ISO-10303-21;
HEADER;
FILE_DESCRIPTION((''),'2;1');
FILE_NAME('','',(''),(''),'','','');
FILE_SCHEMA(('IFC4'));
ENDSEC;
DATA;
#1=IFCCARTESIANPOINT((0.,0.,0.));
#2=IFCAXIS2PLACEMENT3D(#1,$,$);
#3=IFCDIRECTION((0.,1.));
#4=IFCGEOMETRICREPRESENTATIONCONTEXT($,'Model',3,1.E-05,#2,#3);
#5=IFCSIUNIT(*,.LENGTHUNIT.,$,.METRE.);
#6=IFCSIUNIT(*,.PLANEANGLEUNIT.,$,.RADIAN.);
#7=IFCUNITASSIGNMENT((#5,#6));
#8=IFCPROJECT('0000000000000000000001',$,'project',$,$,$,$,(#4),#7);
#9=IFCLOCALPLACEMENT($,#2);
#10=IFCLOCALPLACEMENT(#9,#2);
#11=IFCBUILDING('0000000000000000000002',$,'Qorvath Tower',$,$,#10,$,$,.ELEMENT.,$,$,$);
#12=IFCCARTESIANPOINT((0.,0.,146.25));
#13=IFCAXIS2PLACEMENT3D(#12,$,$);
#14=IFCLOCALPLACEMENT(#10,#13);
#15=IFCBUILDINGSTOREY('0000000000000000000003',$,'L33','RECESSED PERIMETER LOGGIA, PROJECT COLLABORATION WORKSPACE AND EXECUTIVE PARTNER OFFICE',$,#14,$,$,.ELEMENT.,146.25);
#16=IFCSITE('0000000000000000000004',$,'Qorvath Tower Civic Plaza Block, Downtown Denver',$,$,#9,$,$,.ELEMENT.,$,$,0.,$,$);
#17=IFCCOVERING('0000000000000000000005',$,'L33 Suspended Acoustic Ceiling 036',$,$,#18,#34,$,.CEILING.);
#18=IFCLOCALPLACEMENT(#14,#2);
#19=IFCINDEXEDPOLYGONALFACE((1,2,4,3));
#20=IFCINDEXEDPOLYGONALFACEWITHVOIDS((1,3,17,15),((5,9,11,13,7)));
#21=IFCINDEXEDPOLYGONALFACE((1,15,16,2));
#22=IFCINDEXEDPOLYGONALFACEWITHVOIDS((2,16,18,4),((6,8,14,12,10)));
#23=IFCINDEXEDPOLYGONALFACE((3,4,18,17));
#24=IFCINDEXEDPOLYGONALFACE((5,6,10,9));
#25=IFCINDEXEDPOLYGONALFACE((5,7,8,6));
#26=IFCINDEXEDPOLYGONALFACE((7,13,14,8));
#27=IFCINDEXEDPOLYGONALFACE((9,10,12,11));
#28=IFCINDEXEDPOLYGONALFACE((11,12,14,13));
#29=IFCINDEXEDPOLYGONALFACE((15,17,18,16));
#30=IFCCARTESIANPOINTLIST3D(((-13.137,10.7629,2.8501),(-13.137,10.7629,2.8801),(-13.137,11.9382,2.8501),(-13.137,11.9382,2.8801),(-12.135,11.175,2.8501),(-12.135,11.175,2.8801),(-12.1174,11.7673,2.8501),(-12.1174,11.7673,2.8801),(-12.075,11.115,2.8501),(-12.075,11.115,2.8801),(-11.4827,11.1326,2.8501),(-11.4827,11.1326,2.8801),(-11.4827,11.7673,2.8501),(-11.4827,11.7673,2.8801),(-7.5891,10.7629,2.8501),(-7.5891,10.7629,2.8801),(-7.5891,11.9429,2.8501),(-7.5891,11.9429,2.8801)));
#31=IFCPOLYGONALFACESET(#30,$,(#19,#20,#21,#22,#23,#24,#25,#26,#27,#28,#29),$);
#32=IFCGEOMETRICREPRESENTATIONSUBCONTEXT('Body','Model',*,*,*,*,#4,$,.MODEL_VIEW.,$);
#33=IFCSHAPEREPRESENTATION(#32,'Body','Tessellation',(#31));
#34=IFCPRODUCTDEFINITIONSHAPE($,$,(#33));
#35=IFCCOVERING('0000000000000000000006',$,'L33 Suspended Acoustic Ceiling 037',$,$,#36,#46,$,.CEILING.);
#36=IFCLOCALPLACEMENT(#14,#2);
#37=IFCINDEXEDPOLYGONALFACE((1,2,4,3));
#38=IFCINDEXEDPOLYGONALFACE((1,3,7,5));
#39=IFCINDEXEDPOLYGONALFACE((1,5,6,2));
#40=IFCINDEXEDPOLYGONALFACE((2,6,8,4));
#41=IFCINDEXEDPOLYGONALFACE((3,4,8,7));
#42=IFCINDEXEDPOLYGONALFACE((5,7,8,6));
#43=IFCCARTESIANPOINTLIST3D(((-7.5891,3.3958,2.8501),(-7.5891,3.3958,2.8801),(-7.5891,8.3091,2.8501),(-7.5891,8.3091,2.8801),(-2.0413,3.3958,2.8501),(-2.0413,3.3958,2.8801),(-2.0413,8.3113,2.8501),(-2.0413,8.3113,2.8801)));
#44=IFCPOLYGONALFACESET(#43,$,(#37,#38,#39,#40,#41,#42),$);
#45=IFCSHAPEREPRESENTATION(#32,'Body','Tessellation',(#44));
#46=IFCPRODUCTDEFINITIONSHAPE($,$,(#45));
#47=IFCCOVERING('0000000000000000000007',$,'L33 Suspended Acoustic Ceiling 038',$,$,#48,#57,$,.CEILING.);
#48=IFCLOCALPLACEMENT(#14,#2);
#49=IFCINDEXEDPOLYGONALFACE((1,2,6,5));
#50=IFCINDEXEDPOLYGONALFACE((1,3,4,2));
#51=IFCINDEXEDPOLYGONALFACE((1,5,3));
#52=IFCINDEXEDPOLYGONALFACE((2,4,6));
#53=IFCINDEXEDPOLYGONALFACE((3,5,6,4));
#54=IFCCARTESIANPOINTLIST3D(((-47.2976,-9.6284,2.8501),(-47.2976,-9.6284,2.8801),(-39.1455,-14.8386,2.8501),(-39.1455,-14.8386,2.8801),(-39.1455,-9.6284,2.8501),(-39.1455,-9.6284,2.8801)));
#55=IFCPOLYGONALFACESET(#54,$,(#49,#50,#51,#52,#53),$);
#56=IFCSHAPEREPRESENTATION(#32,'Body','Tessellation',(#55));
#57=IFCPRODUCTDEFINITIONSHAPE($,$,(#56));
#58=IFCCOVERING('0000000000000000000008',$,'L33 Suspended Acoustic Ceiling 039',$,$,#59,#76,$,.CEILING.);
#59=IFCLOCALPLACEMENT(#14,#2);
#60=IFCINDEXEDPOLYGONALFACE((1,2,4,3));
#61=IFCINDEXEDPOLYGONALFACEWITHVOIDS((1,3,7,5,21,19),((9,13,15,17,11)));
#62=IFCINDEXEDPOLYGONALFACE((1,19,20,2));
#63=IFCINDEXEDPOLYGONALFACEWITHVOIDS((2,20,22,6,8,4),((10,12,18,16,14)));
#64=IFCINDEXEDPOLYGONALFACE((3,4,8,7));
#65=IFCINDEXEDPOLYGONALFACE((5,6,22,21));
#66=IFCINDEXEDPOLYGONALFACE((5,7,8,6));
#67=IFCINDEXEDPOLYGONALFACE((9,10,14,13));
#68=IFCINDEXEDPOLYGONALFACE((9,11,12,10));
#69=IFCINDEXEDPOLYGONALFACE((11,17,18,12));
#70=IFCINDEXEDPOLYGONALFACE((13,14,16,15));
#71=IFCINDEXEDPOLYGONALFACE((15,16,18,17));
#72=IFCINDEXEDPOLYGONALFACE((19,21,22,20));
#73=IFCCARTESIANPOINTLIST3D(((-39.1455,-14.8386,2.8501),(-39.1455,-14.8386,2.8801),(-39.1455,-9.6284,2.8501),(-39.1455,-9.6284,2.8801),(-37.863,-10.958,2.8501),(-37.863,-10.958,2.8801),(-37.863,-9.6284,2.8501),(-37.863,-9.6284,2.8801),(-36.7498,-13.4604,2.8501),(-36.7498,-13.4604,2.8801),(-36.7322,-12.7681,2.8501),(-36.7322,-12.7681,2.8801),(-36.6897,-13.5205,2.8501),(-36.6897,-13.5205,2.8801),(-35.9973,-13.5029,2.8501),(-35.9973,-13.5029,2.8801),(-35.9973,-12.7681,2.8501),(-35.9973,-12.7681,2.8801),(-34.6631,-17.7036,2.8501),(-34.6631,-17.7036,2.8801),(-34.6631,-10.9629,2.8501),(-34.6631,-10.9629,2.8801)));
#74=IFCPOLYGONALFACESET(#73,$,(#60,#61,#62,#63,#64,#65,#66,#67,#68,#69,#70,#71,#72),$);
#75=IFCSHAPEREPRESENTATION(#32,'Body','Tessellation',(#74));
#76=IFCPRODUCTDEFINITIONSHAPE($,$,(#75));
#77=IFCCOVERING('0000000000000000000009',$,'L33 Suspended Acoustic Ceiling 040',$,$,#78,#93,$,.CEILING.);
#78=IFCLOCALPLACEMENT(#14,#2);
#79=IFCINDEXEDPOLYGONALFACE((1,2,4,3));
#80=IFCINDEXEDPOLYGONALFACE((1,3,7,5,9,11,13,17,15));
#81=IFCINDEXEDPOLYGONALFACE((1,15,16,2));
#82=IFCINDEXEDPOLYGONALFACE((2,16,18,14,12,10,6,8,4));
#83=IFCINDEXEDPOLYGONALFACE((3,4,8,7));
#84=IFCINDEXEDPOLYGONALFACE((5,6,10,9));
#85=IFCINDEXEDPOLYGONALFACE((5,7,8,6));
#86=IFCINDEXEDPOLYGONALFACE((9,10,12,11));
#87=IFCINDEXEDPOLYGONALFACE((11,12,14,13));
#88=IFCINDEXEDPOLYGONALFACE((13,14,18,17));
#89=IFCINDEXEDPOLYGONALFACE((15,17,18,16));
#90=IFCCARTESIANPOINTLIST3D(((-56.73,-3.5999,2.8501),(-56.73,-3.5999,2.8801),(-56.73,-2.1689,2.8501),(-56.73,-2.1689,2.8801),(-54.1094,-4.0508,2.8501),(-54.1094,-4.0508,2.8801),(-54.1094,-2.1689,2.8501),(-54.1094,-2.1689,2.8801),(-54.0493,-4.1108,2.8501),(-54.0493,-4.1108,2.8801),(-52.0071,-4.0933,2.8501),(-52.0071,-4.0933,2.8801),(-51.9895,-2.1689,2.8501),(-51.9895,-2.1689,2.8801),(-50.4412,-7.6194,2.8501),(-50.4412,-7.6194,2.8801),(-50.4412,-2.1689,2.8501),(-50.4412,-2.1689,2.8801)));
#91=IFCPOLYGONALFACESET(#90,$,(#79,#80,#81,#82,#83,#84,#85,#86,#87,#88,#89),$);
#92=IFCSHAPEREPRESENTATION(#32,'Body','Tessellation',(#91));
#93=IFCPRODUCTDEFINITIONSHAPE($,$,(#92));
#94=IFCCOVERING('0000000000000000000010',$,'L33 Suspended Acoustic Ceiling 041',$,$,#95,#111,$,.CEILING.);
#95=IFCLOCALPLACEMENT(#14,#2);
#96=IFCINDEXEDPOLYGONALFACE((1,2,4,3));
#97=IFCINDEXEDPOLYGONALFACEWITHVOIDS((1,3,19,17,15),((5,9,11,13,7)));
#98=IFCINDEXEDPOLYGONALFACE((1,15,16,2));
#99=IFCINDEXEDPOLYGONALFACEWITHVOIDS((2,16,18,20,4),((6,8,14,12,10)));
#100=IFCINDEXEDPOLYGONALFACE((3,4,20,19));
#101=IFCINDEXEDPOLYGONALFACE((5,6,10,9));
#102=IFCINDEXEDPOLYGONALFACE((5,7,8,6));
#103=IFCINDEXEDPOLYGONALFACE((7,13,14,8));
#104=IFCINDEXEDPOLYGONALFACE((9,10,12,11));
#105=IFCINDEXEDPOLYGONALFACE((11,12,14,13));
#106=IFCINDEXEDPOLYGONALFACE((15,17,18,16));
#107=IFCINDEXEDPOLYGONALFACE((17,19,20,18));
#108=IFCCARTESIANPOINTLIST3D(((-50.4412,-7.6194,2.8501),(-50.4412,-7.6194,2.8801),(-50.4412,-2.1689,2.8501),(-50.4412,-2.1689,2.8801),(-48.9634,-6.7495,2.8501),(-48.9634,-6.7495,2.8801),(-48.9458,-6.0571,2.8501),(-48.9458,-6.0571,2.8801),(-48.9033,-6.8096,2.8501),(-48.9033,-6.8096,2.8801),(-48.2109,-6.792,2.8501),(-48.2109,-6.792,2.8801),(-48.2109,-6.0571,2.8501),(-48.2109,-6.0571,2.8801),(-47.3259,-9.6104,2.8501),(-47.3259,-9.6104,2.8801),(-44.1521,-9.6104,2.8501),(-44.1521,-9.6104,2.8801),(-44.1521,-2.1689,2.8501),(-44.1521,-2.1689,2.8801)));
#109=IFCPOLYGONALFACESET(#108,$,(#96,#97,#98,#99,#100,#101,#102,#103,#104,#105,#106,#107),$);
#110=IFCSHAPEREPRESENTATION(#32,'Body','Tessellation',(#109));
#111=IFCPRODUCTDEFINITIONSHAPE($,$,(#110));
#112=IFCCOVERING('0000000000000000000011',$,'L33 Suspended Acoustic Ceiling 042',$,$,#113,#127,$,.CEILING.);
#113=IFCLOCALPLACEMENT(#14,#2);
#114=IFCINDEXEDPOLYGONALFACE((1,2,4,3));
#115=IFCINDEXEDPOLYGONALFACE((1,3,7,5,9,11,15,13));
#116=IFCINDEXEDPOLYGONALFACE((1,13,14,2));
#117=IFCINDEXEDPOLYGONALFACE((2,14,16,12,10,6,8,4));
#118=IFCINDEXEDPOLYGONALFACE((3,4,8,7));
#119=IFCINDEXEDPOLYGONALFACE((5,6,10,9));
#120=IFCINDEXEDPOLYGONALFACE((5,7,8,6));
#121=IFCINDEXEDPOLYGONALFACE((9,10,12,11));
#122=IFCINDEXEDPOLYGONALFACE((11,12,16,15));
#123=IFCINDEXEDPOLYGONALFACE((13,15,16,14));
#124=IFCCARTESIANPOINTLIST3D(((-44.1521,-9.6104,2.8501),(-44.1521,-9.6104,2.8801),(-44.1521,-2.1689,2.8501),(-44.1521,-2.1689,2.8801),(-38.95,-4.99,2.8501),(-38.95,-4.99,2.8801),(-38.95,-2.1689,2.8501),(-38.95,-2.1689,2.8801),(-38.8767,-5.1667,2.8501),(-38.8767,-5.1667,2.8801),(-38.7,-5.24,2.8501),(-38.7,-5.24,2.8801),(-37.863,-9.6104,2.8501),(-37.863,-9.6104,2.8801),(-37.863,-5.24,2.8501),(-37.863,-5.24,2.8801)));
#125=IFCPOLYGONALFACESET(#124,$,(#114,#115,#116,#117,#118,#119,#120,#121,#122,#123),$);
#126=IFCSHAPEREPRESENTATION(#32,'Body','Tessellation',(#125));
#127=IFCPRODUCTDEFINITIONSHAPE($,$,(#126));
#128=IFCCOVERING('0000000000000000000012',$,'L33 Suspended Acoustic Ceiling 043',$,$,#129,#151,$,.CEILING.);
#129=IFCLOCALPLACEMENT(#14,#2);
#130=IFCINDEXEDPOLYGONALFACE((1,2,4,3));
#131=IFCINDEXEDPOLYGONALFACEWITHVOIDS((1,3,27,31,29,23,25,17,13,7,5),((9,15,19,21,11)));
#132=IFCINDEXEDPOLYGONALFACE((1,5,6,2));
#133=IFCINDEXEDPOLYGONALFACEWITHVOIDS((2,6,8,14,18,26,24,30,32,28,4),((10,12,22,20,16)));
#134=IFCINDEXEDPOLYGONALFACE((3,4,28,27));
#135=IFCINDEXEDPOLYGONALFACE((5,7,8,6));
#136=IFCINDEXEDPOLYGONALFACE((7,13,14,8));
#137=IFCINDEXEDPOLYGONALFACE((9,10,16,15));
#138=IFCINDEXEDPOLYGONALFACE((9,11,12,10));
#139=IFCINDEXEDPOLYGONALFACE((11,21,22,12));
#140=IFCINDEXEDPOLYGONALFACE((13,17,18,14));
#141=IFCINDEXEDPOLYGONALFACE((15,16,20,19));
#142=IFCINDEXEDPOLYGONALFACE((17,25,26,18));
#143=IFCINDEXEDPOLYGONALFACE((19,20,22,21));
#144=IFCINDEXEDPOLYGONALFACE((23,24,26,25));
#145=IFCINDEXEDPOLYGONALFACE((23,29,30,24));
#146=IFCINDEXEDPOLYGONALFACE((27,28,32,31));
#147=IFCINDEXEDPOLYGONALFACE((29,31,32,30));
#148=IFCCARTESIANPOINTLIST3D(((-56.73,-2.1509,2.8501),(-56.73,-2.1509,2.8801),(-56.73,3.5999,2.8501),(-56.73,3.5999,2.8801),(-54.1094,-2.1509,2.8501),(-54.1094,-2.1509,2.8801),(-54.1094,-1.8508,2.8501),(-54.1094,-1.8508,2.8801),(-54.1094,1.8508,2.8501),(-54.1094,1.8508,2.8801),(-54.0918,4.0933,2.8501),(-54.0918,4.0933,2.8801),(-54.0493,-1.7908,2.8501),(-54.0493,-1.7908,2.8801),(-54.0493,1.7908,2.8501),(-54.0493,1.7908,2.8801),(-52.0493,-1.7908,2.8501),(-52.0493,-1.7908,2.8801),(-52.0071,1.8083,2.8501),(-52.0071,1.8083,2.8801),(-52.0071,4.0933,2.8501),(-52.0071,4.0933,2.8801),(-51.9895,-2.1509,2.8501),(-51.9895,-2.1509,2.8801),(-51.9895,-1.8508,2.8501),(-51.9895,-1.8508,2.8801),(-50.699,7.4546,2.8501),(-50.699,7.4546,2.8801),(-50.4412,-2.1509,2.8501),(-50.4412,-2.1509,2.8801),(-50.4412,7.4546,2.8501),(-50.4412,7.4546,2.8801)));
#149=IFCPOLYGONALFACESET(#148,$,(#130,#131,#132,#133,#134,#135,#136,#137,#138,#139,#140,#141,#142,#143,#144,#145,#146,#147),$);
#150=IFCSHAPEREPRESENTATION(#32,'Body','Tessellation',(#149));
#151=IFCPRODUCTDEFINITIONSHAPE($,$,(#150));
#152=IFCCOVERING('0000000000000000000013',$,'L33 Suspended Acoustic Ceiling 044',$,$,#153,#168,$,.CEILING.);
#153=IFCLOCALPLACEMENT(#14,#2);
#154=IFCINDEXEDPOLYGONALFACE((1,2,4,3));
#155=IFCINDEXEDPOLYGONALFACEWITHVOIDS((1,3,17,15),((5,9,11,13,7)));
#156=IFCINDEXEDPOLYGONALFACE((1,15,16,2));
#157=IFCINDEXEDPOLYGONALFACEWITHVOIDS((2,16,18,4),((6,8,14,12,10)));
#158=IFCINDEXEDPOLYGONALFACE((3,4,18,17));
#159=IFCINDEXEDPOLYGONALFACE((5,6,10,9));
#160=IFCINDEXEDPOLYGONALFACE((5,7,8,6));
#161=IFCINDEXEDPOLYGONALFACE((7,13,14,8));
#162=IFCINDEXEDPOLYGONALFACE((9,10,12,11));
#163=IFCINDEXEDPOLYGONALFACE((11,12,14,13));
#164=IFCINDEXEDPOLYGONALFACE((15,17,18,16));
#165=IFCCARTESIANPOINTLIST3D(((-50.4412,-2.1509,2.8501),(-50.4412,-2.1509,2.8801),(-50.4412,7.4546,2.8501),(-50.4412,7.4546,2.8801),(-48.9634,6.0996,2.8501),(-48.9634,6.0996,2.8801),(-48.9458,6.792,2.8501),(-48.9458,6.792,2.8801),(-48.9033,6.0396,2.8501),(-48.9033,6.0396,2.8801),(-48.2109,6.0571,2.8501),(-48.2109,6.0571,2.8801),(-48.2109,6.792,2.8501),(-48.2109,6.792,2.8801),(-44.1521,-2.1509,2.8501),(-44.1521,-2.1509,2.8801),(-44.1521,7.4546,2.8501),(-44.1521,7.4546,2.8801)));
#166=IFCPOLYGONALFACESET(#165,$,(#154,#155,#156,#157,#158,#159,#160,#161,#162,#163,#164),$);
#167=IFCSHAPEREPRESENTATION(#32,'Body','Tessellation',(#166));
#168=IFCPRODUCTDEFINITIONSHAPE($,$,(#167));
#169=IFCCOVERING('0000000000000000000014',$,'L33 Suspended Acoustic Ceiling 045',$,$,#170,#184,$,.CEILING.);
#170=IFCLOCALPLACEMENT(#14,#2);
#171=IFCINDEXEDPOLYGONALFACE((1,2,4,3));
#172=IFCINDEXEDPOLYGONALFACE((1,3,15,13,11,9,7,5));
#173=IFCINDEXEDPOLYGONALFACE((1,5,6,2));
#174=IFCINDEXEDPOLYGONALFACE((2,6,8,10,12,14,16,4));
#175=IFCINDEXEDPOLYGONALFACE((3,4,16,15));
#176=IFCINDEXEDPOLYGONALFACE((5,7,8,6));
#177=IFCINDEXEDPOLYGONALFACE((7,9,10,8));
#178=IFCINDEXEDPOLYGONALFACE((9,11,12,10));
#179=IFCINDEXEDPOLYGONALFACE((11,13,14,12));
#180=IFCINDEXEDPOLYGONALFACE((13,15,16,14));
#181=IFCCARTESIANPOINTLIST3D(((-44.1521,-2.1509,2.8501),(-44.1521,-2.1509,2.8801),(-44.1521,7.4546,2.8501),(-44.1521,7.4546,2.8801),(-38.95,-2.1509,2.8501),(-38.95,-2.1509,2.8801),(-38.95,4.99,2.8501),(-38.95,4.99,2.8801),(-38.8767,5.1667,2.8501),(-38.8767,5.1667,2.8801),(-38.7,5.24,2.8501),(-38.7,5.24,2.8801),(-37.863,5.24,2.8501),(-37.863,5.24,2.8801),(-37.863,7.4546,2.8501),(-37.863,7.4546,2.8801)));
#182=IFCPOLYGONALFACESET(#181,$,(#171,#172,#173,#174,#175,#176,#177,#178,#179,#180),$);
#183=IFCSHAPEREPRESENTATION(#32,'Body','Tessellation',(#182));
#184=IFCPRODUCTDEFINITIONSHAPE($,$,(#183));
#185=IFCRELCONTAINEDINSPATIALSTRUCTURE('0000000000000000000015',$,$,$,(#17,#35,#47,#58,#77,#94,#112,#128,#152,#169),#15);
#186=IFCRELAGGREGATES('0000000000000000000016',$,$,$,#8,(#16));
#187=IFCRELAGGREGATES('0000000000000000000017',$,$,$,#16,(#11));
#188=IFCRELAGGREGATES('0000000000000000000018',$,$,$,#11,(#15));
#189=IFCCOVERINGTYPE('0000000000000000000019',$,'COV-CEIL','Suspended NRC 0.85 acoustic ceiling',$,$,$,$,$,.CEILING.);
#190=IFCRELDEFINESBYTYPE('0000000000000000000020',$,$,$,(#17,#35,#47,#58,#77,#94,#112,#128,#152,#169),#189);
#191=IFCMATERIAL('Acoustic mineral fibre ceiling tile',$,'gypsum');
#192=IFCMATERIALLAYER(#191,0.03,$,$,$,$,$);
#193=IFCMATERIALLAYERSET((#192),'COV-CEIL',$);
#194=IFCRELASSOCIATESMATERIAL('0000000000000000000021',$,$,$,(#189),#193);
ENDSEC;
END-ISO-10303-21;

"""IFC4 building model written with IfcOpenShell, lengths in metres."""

from ifc_helpers import new_model, si_unit, direction, frame, origin, place, context, subcontext, project, spatial, polyline, outline, extrude, material, layer, layer_set, type_object, element, save


model = new_model("IFC4")

# Units and contexts
model_context = context("Model", 3, precision=1e-05, world=origin(), true_north=direction((0.0, 1.0)))
body_context = subcontext(model_context, "Body", "Model", "MODEL_VIEW")
ifc_project = project(units=[si_unit("LENGTHUNIT", "METRE"), si_unit("PLANEANGLEUNIT", "RADIAN")], contexts=[model_context])

# Site, building, storey
site_placement = place(None, origin())
site = spatial("IfcSite", under=ifc_project, at=site_placement, Name="Qorvath Tower Civic Plaza Block, Downtown Denver", CompositionType="ELEMENT", RefElevation=0.0)
building_placement = place(site_placement, origin())
building = spatial("IfcBuilding", under=site, at=building_placement, Name="Qorvath Tower", CompositionType="ELEMENT")
storey_placement = place(building_placement, frame((0.0, 0.0, 146.25)))
storey = spatial("IfcBuildingStorey", under=building, at=storey_placement, Name="L33", Description="RECESSED PERIMETER LOGGIA, PROJECT COLLABORATION WORKSPACE AND EXECUTIVE PARTNER OFFICE", CompositionType="ELEMENT", Elevation=146.25)

# Coverings
ifc_material_1 = material(Name="Acoustic mineral fibre ceiling tile", Category="gypsum")
ifc_layer_1 = layer(ifc_material_1, 0.03)
ifc_layer_set_1 = layer_set([ifc_layer_1], Name="COV-CEIL")
covering_type_1 = type_object("IfcCoveringType", Name="COV-CEIL", Description="Suspended NRC 0.85 acoustic ceiling", PredefinedType="CEILING", material=ifc_layer_set_1)
covering_1_placement = place(storey_placement, frame((0.0, 0.0, 2.8501)))
element("IfcCovering", 1, at=covering_1_placement, inside=storey, type_object=covering_type_1, Name="L33 Suspended Acoustic Ceiling 036", PredefinedType="CEILING", context=body_context, shape_type="SweptSolid", body=[
    extrude(outline(polyline([(-7.5891, 10.7629), (-7.5891, 11.9429), (-13.137, 11.9382), (-13.137, 10.7629), (-7.5891, 10.7629)]), holes=[polyline([(-12.135, 11.175), (-12.1174, 11.7673), (-11.4827, 11.7673), (-11.4827, 11.1326), (-12.075, 11.115), (-12.135, 11.175)])]), origin(), (0.0, 0.0, 1.0), 0.03),
])
covering_2_placement = place(storey_placement, frame((0.0, 0.0, 2.8501)))
element("IfcCovering", 2, at=covering_2_placement, inside=storey, type_object=covering_type_1, Name="L33 Suspended Acoustic Ceiling 037", PredefinedType="CEILING", context=body_context, shape_type="SweptSolid", body=[
    extrude(outline(polyline([(-2.0413, 3.3958), (-2.0413, 8.3113), (-7.5891, 8.3091), (-7.5891, 3.3958), (-2.0413, 3.3958)])), origin(), (0.0, 0.0, 1.0), 0.03),
])
covering_3_placement = place(storey_placement, frame((0.0, 0.0, 2.8501)))
element("IfcCovering", 3, at=covering_3_placement, inside=storey, type_object=covering_type_1, Name="L33 Suspended Acoustic Ceiling 038", PredefinedType="CEILING", context=body_context, shape_type="SweptSolid", body=[
    extrude(outline(polyline([(-39.1455, -14.8386), (-39.1455, -9.6284), (-47.2976, -9.6284), (-39.1455, -14.8386)])), origin(), (0.0, 0.0, 1.0), 0.03),
])
covering_4_placement = place(storey_placement, frame((0.0, 0.0, 2.8501)))
element("IfcCovering", 4, at=covering_4_placement, inside=storey, type_object=covering_type_1, Name="L33 Suspended Acoustic Ceiling 039", PredefinedType="CEILING", context=body_context, shape_type="SweptSolid", body=[
    extrude(outline(polyline([(-37.863, -10.958), (-37.863, -9.6284), (-39.1455, -9.6284), (-39.1455, -14.8386), (-34.6631, -17.7036), (-34.6631, -10.9629), (-37.863, -10.958)]), holes=[polyline([(-36.7498, -13.4604), (-36.7322, -12.7681), (-35.9973, -12.7681), (-35.9973, -13.5029), (-36.6897, -13.5205), (-36.7498, -13.4604)])]), origin(), (0.0, 0.0, 1.0), 0.03),
])
covering_5_placement = place(storey_placement, frame((0.0, 0.0, 2.8501)))
element("IfcCovering", 5, at=covering_5_placement, inside=storey, type_object=covering_type_1, Name="L33 Suspended Acoustic Ceiling 040", PredefinedType="CEILING", context=body_context, shape_type="SweptSolid", body=[
    extrude(outline(polyline([(-50.4412, -7.6194), (-50.4412, -2.1689), (-51.9895, -2.1689), (-52.0071, -4.0933), (-54.0493, -4.1108), (-54.1094, -4.0508), (-54.1094, -2.1689), (-56.73, -2.1689), (-56.73, -3.5999), (-50.4412, -7.6194)])), origin(), (0.0, 0.0, 1.0), 0.03),
])
covering_6_placement = place(storey_placement, frame((0.0, 0.0, 2.8501)))
element("IfcCovering", 6, at=covering_6_placement, inside=storey, type_object=covering_type_1, Name="L33 Suspended Acoustic Ceiling 041", PredefinedType="CEILING", context=body_context, shape_type="SweptSolid", body=[
    extrude(outline(polyline([(-44.1521, -9.6104), (-44.1521, -2.1689), (-50.4412, -2.1689), (-50.4412, -7.6194), (-47.3259, -9.6104), (-44.1521, -9.6104)]), holes=[polyline([(-48.9634, -6.7495), (-48.9458, -6.0571), (-48.2109, -6.0571), (-48.2109, -6.792), (-48.9033, -6.8096), (-48.9634, -6.7495)])]), origin(), (0.0, 0.0, 1.0), 0.03),
])
covering_7_placement = place(storey_placement, frame((0.0, 0.0, 2.8501)))
element("IfcCovering", 7, at=covering_7_placement, inside=storey, type_object=covering_type_1, Name="L33 Suspended Acoustic Ceiling 042", PredefinedType="CEILING", context=body_context, shape_type="SweptSolid", body=[
    extrude(outline(polyline([(-37.863, -9.6104), (-37.863, -5.24), (-38.7, -5.24), (-38.8767, -5.1667), (-38.95, -4.99), (-38.95, -2.1689), (-44.1521, -2.1689), (-44.1521, -9.6104), (-37.863, -9.6104)])), origin(), (0.0, 0.0, 1.0), 0.03),
])
covering_8_placement = place(storey_placement, frame((0.0, 0.0, 2.8501)))
element("IfcCovering", 8, at=covering_8_placement, inside=storey, type_object=covering_type_1, Name="L33 Suspended Acoustic Ceiling 043", PredefinedType="CEILING", context=body_context, shape_type="SweptSolid", body=[
    extrude(outline(polyline([(-50.4412, -2.1509), (-50.4412, 7.4546), (-50.699, 7.4546), (-56.73, 3.5999), (-56.73, -2.1509), (-54.1094, -2.1509), (-54.1094, -1.8508), (-54.0493, -1.7908), (-52.0493, -1.7908), (-51.9895, -1.8508), (-51.9895, -2.1509), (-50.4412, -2.1509)]), holes=[polyline([(-54.1094, 1.8508), (-54.0918, 4.0933), (-52.0071, 4.0933), (-52.0071, 1.8083), (-54.0493, 1.7908), (-54.1094, 1.8508)])]), origin(), (0.0, 0.0, 1.0), 0.03),
])
covering_9_placement = place(storey_placement, frame((0.0, 0.0, 2.8501)))
element("IfcCovering", 9, at=covering_9_placement, inside=storey, type_object=covering_type_1, Name="L33 Suspended Acoustic Ceiling 044", PredefinedType="CEILING", context=body_context, shape_type="SweptSolid", body=[
    extrude(outline(polyline([(-44.1521, -2.1509), (-44.1521, 7.4546), (-50.4412, 7.4546), (-50.4412, -2.1509), (-44.1521, -2.1509)]), holes=[polyline([(-48.9634, 6.0996), (-48.9458, 6.792), (-48.2109, 6.792), (-48.2109, 6.0571), (-48.9033, 6.0396), (-48.9634, 6.0996)])]), origin(), (0.0, 0.0, 1.0), 0.03),
])
covering_10_placement = place(storey_placement, frame((0.0, 0.0, 2.8501)))
element("IfcCovering", 10, at=covering_10_placement, inside=storey, type_object=covering_type_1, Name="L33 Suspended Acoustic Ceiling 045", PredefinedType="CEILING", context=body_context, shape_type="SweptSolid", body=[
    extrude(outline(polyline([(-37.863, 5.24), (-37.863, 7.4546), (-44.1521, 7.4546), (-44.1521, -2.1509), (-38.95, -2.1509), (-38.95, 4.99), (-38.8767, 5.1667), (-38.7, 5.24), (-37.863, 5.24)])), origin(), (0.0, 0.0, 1.0), 0.03),
])

save(model, "model.ifc")
